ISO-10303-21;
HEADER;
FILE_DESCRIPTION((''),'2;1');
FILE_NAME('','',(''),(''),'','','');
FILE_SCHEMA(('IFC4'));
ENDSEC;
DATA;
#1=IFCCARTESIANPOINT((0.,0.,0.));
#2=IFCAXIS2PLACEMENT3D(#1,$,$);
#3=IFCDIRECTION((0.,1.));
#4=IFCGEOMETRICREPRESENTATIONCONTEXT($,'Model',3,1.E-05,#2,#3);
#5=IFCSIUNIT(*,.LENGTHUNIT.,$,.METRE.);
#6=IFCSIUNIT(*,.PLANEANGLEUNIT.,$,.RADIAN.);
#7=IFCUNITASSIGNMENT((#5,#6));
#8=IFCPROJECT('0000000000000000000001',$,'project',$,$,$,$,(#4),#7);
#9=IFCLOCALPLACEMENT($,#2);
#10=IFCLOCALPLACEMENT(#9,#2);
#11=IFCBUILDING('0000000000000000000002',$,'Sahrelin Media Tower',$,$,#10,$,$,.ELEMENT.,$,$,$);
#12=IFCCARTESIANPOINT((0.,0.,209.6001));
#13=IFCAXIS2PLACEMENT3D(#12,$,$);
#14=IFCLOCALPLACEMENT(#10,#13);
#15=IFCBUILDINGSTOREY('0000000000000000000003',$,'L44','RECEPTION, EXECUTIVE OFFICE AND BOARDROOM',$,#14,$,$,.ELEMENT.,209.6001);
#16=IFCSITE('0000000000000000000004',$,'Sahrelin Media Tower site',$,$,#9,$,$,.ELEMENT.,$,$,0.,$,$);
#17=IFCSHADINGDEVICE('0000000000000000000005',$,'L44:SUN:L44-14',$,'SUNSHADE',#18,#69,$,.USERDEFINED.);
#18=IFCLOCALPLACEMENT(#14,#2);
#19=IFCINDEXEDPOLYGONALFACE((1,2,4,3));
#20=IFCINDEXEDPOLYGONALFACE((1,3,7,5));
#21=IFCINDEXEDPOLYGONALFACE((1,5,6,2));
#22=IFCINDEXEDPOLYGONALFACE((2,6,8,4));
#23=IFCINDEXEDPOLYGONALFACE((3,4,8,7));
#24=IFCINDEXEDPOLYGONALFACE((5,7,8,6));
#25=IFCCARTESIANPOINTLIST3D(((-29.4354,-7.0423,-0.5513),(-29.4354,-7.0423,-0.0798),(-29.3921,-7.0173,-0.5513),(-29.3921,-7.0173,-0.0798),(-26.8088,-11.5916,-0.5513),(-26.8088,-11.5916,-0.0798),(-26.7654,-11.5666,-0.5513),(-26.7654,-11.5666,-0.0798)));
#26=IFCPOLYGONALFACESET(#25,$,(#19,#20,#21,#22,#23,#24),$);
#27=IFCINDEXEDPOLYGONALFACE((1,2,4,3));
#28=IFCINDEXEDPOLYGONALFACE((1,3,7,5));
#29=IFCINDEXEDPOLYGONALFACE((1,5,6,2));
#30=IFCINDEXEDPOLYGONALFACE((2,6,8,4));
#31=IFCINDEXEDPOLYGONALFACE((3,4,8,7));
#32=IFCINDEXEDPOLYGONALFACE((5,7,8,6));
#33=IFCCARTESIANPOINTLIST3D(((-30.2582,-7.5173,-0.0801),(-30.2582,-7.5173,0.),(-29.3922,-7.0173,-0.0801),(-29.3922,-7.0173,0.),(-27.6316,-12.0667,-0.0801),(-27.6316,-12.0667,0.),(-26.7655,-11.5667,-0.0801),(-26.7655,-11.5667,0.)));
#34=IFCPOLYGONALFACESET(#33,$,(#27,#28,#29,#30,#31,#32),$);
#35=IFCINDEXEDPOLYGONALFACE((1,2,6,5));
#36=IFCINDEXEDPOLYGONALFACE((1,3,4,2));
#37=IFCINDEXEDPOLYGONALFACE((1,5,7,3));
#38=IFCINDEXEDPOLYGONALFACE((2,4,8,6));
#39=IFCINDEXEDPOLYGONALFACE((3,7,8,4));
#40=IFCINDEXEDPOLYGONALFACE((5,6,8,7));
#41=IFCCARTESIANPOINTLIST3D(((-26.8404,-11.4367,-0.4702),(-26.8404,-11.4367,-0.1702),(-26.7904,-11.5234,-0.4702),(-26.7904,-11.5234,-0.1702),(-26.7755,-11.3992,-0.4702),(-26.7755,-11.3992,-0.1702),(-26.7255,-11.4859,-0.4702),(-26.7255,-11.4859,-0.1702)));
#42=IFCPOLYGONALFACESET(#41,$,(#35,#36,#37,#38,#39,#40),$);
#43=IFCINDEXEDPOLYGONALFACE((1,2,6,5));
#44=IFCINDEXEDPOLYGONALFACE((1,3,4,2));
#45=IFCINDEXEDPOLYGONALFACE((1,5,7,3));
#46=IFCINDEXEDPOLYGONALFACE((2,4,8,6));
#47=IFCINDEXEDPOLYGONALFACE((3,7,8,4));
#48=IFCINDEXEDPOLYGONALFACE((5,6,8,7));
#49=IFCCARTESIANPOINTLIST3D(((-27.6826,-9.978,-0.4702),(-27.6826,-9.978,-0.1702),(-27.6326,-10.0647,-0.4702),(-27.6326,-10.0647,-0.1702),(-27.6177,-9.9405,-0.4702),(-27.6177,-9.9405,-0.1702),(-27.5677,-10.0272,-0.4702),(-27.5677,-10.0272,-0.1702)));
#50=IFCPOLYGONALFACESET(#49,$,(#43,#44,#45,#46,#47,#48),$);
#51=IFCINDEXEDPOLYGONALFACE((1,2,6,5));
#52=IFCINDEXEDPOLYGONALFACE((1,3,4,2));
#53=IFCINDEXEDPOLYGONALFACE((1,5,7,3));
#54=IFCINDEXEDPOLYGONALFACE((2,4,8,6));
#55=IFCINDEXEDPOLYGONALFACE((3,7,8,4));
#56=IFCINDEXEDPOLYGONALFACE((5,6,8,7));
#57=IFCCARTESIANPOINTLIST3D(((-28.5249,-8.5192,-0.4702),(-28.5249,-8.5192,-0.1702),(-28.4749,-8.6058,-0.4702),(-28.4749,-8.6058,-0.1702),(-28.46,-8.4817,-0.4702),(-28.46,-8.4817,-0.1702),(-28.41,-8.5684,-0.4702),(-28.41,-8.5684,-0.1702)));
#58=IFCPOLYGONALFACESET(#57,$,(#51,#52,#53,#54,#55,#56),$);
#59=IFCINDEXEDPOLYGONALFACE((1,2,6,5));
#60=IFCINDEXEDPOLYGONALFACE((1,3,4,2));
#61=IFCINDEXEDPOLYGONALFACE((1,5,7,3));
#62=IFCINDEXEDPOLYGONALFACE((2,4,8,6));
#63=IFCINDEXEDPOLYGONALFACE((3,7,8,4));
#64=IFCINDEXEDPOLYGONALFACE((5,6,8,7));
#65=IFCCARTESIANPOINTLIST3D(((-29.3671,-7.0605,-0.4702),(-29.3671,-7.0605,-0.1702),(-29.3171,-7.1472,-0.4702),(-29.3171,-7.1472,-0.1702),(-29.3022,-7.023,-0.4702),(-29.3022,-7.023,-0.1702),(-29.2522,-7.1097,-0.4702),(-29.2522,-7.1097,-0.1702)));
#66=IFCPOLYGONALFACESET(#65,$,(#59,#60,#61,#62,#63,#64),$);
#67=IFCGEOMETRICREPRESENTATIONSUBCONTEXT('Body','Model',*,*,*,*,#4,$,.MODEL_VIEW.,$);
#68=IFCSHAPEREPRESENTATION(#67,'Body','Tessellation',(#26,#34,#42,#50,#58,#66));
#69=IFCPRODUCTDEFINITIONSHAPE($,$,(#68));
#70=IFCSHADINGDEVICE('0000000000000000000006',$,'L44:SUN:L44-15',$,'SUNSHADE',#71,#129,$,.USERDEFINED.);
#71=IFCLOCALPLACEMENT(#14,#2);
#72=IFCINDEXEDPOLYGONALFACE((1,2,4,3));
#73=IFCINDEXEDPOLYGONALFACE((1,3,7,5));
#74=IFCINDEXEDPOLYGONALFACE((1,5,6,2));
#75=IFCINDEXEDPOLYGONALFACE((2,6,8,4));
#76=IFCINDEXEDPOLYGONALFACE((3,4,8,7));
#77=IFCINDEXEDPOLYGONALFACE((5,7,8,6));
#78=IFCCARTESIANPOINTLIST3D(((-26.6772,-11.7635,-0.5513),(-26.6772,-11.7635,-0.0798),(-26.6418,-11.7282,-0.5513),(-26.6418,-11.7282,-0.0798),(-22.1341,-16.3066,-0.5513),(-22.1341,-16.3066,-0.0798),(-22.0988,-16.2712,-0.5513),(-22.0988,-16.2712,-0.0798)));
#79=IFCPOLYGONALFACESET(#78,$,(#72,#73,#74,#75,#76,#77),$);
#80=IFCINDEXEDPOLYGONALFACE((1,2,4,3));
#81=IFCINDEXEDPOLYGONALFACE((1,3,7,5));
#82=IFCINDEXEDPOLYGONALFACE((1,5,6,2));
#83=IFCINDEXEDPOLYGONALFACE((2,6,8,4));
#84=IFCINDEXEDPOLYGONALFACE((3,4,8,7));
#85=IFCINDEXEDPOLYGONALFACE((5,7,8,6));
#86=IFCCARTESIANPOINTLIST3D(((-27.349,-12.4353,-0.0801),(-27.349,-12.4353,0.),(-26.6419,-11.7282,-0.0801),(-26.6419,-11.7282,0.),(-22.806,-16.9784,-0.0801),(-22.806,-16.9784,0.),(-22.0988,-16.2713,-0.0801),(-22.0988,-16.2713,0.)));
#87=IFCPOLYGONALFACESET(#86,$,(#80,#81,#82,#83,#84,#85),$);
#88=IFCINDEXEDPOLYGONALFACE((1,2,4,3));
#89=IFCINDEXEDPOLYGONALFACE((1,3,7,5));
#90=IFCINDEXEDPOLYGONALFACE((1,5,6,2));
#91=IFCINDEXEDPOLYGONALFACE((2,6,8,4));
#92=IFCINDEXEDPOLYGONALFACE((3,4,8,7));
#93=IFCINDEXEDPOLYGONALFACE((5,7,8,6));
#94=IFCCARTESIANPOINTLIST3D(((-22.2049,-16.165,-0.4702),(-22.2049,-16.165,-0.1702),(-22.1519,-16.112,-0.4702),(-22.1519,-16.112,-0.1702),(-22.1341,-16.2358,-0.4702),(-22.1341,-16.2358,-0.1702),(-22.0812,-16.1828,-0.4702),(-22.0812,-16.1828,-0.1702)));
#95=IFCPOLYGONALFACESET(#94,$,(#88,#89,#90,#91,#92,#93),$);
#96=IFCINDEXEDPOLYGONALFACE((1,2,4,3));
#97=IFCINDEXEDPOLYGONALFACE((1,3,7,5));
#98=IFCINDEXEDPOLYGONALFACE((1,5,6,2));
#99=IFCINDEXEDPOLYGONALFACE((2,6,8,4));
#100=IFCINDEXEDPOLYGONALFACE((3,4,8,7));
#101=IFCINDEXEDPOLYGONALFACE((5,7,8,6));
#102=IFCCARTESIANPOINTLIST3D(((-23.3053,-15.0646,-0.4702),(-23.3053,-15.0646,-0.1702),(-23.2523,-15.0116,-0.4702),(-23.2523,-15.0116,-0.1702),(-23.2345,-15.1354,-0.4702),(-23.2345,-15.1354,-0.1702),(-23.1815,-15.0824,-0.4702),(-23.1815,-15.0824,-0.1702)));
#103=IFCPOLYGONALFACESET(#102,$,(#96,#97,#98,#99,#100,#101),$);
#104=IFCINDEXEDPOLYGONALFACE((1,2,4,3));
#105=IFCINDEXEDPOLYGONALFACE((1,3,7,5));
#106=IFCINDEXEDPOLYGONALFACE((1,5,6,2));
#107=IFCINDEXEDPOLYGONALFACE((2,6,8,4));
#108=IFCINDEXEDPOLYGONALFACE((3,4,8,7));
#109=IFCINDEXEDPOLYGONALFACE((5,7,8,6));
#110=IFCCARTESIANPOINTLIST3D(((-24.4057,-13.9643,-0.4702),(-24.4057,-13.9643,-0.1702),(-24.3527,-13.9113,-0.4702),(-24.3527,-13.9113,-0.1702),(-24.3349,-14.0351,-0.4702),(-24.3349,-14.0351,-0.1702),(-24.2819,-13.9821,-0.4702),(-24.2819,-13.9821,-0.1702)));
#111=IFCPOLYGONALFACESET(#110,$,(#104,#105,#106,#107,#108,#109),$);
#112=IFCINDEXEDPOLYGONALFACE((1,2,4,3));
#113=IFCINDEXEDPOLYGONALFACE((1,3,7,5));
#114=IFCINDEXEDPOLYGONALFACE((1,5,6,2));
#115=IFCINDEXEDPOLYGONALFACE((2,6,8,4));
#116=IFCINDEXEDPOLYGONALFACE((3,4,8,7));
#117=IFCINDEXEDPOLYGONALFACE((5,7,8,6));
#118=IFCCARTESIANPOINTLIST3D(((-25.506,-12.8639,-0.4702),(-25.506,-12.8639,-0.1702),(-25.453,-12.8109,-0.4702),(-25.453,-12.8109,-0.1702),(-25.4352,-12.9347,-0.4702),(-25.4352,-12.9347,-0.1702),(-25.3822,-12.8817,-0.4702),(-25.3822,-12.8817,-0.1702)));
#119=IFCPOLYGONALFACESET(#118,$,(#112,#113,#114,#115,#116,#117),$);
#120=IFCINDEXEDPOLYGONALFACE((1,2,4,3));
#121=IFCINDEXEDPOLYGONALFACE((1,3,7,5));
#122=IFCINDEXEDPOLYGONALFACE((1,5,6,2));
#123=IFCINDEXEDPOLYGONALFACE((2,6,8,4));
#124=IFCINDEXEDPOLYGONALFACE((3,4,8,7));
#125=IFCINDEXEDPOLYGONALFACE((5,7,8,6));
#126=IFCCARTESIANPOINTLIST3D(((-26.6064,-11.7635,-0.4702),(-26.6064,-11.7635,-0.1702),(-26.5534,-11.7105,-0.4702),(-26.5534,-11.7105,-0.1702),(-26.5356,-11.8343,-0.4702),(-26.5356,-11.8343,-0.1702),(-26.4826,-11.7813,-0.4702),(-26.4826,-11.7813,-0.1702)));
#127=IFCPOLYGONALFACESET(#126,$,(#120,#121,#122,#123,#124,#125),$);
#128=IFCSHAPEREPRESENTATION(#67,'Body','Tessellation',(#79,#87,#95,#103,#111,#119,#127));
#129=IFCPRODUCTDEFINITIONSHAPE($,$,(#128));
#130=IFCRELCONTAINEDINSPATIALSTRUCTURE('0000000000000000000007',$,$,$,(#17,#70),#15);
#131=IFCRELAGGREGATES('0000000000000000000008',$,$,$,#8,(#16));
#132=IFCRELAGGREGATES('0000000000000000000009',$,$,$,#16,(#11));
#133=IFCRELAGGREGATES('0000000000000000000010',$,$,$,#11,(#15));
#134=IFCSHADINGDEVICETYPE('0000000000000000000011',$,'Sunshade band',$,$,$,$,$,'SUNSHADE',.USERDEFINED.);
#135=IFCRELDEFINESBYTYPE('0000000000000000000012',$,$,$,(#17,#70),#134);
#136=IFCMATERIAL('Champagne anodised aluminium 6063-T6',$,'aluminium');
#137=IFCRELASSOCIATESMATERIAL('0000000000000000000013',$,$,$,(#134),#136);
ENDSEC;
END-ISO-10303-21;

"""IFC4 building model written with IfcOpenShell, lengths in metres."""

from ifc_helpers import new_model, si_unit, direction, frame, origin, origin_2d, place, context, subcontext, project, spatial, rectangle, extrude, material, type_object, element, save


model = new_model("IFC4")

# Units and contexts
model_context = context("Model", 3, precision=1e-05, world=origin(), true_north=direction((0.0, 1.0)))
body_context = subcontext(model_context, "Body", "Model", "MODEL_VIEW")
ifc_project = project(units=[si_unit("LENGTHUNIT", "METRE"), si_unit("PLANEANGLEUNIT", "RADIAN")], contexts=[model_context])

# Site, building, storey
site_placement = place(None, origin())
site = spatial("IfcSite", under=ifc_project, at=site_placement, Name="Sahrelin Media Tower site", CompositionType="ELEMENT", RefElevation=0.0)
building_placement = place(site_placement, origin())
building = spatial("IfcBuilding", under=site, at=building_placement, Name="Sahrelin Media Tower", CompositionType="ELEMENT")
storey_placement = place(building_placement, frame((0.0, 0.0, 209.6001)))
storey = spatial("IfcBuildingStorey", under=building, at=storey_placement, Name="L44", Description="RECEPTION, EXECUTIVE OFFICE AND BOARDROOM", CompositionType="ELEMENT", Elevation=209.6001)

# Shared definitions
ifc_material_1 = material(Name="Champagne anodised aluminium 6063-T6", Category="aluminium")

# Shading devices
placement_1 = place(storey_placement, frame((-28.0615, -9.282, 0.0), z_axis=(0.0, 0.0, 1.0), x_axis=(-0.500011, 0.866019, 0.0)))
placement_2 = place(storey_placement, frame((-24.3562, -13.9856, 0.0), z_axis=(0.0, 0.0, 1.0), x_axis=(-0.707107, 0.707107, 0.0)))
shading_device_type_1 = type_object("IfcShadingDeviceType", Name="Sunshade band", ElementType="SUNSHADE", PredefinedType="USERDEFINED", material=ifc_material_1)
element("IfcShadingDevice", 1, at=placement_1, inside=storey, type_object=shading_device_type_1, Name="L44:SUN:L44-14", ObjectType="SUNSHADE", PredefinedType="USERDEFINED", context=body_context, shape_type="SweptSolid", body=[
    extrude(rectangle(XDim=5.2532, YDim=0.05, at=origin_2d()), frame((0.0, 0.0449, -0.5513)), (0.0, 0.0, 1.0), 0.4714),
    extrude(rectangle(XDim=5.2532, YDim=1.0, at=origin_2d()), frame((0.0, 0.52, -0.0801)), (0.0, 0.0, 1.0), 0.0801),
    extrude(rectangle(XDim=0.1001, YDim=0.075, at=origin_2d()), frame((-2.5266, -0.0176, -0.4702)), (0.0, 0.0, 1.0), 0.3),
    extrude(rectangle(XDim=0.1001, YDim=0.075, at=origin_2d()), frame((-0.8423, -0.0176, -0.4702)), (0.0, 0.0, 1.0), 0.3),
    extrude(rectangle(XDim=0.1001, YDim=0.075, at=origin_2d()), frame((0.8423, -0.0176, -0.4702)), (0.0, 0.0, 1.0), 0.3),
    extrude(rectangle(XDim=0.1001, YDim=0.075, at=origin_2d()), frame((2.5266, -0.0176, -0.4702)), (0.0, 0.0, 1.0), 0.3),
])
element("IfcShadingDevice", 2, at=placement_2, inside=storey, type_object=shading_device_type_1, Name="L44:SUN:L44-15", ObjectType="SUNSHADE", PredefinedType="USERDEFINED", context=body_context, shape_type="SweptSolid", body=[
    extrude(rectangle(XDim=6.4248, YDim=0.05, at=origin_2d()), frame((0.0, 0.0449, -0.5513)), (0.0, 0.0, 1.0), 0.4714),
    extrude(rectangle(XDim=6.4248, YDim=1.0, at=origin_2d()), frame((0.0, 0.52, -0.0801)), (0.0, 0.0, 1.0), 0.0801),
    extrude(rectangle(XDim=0.1001, YDim=0.075, at=origin_2d()), frame((-3.1123, -0.0176, -0.4702)), (0.0, 0.0, 1.0), 0.3),
    extrude(rectangle(XDim=0.1001, YDim=0.075, at=origin_2d()), frame((-1.5562, -0.0176, -0.4702)), (0.0, 0.0, 1.0), 0.3),
    extrude(rectangle(XDim=0.1001, YDim=0.075, at=origin_2d()), frame((0.0, -0.0176, -0.4702)), (0.0, 0.0, 1.0), 0.3),
    extrude(rectangle(XDim=0.1001, YDim=0.075, at=origin_2d()), frame((1.5562, -0.0176, -0.4702)), (0.0, 0.0, 1.0), 0.3),
    extrude(rectangle(XDim=0.1001, YDim=0.075, at=origin_2d()), frame((3.1123, -0.0176, -0.4702)), (0.0, 0.0, 1.0), 0.3),
])

save(model, "model.ifc")
